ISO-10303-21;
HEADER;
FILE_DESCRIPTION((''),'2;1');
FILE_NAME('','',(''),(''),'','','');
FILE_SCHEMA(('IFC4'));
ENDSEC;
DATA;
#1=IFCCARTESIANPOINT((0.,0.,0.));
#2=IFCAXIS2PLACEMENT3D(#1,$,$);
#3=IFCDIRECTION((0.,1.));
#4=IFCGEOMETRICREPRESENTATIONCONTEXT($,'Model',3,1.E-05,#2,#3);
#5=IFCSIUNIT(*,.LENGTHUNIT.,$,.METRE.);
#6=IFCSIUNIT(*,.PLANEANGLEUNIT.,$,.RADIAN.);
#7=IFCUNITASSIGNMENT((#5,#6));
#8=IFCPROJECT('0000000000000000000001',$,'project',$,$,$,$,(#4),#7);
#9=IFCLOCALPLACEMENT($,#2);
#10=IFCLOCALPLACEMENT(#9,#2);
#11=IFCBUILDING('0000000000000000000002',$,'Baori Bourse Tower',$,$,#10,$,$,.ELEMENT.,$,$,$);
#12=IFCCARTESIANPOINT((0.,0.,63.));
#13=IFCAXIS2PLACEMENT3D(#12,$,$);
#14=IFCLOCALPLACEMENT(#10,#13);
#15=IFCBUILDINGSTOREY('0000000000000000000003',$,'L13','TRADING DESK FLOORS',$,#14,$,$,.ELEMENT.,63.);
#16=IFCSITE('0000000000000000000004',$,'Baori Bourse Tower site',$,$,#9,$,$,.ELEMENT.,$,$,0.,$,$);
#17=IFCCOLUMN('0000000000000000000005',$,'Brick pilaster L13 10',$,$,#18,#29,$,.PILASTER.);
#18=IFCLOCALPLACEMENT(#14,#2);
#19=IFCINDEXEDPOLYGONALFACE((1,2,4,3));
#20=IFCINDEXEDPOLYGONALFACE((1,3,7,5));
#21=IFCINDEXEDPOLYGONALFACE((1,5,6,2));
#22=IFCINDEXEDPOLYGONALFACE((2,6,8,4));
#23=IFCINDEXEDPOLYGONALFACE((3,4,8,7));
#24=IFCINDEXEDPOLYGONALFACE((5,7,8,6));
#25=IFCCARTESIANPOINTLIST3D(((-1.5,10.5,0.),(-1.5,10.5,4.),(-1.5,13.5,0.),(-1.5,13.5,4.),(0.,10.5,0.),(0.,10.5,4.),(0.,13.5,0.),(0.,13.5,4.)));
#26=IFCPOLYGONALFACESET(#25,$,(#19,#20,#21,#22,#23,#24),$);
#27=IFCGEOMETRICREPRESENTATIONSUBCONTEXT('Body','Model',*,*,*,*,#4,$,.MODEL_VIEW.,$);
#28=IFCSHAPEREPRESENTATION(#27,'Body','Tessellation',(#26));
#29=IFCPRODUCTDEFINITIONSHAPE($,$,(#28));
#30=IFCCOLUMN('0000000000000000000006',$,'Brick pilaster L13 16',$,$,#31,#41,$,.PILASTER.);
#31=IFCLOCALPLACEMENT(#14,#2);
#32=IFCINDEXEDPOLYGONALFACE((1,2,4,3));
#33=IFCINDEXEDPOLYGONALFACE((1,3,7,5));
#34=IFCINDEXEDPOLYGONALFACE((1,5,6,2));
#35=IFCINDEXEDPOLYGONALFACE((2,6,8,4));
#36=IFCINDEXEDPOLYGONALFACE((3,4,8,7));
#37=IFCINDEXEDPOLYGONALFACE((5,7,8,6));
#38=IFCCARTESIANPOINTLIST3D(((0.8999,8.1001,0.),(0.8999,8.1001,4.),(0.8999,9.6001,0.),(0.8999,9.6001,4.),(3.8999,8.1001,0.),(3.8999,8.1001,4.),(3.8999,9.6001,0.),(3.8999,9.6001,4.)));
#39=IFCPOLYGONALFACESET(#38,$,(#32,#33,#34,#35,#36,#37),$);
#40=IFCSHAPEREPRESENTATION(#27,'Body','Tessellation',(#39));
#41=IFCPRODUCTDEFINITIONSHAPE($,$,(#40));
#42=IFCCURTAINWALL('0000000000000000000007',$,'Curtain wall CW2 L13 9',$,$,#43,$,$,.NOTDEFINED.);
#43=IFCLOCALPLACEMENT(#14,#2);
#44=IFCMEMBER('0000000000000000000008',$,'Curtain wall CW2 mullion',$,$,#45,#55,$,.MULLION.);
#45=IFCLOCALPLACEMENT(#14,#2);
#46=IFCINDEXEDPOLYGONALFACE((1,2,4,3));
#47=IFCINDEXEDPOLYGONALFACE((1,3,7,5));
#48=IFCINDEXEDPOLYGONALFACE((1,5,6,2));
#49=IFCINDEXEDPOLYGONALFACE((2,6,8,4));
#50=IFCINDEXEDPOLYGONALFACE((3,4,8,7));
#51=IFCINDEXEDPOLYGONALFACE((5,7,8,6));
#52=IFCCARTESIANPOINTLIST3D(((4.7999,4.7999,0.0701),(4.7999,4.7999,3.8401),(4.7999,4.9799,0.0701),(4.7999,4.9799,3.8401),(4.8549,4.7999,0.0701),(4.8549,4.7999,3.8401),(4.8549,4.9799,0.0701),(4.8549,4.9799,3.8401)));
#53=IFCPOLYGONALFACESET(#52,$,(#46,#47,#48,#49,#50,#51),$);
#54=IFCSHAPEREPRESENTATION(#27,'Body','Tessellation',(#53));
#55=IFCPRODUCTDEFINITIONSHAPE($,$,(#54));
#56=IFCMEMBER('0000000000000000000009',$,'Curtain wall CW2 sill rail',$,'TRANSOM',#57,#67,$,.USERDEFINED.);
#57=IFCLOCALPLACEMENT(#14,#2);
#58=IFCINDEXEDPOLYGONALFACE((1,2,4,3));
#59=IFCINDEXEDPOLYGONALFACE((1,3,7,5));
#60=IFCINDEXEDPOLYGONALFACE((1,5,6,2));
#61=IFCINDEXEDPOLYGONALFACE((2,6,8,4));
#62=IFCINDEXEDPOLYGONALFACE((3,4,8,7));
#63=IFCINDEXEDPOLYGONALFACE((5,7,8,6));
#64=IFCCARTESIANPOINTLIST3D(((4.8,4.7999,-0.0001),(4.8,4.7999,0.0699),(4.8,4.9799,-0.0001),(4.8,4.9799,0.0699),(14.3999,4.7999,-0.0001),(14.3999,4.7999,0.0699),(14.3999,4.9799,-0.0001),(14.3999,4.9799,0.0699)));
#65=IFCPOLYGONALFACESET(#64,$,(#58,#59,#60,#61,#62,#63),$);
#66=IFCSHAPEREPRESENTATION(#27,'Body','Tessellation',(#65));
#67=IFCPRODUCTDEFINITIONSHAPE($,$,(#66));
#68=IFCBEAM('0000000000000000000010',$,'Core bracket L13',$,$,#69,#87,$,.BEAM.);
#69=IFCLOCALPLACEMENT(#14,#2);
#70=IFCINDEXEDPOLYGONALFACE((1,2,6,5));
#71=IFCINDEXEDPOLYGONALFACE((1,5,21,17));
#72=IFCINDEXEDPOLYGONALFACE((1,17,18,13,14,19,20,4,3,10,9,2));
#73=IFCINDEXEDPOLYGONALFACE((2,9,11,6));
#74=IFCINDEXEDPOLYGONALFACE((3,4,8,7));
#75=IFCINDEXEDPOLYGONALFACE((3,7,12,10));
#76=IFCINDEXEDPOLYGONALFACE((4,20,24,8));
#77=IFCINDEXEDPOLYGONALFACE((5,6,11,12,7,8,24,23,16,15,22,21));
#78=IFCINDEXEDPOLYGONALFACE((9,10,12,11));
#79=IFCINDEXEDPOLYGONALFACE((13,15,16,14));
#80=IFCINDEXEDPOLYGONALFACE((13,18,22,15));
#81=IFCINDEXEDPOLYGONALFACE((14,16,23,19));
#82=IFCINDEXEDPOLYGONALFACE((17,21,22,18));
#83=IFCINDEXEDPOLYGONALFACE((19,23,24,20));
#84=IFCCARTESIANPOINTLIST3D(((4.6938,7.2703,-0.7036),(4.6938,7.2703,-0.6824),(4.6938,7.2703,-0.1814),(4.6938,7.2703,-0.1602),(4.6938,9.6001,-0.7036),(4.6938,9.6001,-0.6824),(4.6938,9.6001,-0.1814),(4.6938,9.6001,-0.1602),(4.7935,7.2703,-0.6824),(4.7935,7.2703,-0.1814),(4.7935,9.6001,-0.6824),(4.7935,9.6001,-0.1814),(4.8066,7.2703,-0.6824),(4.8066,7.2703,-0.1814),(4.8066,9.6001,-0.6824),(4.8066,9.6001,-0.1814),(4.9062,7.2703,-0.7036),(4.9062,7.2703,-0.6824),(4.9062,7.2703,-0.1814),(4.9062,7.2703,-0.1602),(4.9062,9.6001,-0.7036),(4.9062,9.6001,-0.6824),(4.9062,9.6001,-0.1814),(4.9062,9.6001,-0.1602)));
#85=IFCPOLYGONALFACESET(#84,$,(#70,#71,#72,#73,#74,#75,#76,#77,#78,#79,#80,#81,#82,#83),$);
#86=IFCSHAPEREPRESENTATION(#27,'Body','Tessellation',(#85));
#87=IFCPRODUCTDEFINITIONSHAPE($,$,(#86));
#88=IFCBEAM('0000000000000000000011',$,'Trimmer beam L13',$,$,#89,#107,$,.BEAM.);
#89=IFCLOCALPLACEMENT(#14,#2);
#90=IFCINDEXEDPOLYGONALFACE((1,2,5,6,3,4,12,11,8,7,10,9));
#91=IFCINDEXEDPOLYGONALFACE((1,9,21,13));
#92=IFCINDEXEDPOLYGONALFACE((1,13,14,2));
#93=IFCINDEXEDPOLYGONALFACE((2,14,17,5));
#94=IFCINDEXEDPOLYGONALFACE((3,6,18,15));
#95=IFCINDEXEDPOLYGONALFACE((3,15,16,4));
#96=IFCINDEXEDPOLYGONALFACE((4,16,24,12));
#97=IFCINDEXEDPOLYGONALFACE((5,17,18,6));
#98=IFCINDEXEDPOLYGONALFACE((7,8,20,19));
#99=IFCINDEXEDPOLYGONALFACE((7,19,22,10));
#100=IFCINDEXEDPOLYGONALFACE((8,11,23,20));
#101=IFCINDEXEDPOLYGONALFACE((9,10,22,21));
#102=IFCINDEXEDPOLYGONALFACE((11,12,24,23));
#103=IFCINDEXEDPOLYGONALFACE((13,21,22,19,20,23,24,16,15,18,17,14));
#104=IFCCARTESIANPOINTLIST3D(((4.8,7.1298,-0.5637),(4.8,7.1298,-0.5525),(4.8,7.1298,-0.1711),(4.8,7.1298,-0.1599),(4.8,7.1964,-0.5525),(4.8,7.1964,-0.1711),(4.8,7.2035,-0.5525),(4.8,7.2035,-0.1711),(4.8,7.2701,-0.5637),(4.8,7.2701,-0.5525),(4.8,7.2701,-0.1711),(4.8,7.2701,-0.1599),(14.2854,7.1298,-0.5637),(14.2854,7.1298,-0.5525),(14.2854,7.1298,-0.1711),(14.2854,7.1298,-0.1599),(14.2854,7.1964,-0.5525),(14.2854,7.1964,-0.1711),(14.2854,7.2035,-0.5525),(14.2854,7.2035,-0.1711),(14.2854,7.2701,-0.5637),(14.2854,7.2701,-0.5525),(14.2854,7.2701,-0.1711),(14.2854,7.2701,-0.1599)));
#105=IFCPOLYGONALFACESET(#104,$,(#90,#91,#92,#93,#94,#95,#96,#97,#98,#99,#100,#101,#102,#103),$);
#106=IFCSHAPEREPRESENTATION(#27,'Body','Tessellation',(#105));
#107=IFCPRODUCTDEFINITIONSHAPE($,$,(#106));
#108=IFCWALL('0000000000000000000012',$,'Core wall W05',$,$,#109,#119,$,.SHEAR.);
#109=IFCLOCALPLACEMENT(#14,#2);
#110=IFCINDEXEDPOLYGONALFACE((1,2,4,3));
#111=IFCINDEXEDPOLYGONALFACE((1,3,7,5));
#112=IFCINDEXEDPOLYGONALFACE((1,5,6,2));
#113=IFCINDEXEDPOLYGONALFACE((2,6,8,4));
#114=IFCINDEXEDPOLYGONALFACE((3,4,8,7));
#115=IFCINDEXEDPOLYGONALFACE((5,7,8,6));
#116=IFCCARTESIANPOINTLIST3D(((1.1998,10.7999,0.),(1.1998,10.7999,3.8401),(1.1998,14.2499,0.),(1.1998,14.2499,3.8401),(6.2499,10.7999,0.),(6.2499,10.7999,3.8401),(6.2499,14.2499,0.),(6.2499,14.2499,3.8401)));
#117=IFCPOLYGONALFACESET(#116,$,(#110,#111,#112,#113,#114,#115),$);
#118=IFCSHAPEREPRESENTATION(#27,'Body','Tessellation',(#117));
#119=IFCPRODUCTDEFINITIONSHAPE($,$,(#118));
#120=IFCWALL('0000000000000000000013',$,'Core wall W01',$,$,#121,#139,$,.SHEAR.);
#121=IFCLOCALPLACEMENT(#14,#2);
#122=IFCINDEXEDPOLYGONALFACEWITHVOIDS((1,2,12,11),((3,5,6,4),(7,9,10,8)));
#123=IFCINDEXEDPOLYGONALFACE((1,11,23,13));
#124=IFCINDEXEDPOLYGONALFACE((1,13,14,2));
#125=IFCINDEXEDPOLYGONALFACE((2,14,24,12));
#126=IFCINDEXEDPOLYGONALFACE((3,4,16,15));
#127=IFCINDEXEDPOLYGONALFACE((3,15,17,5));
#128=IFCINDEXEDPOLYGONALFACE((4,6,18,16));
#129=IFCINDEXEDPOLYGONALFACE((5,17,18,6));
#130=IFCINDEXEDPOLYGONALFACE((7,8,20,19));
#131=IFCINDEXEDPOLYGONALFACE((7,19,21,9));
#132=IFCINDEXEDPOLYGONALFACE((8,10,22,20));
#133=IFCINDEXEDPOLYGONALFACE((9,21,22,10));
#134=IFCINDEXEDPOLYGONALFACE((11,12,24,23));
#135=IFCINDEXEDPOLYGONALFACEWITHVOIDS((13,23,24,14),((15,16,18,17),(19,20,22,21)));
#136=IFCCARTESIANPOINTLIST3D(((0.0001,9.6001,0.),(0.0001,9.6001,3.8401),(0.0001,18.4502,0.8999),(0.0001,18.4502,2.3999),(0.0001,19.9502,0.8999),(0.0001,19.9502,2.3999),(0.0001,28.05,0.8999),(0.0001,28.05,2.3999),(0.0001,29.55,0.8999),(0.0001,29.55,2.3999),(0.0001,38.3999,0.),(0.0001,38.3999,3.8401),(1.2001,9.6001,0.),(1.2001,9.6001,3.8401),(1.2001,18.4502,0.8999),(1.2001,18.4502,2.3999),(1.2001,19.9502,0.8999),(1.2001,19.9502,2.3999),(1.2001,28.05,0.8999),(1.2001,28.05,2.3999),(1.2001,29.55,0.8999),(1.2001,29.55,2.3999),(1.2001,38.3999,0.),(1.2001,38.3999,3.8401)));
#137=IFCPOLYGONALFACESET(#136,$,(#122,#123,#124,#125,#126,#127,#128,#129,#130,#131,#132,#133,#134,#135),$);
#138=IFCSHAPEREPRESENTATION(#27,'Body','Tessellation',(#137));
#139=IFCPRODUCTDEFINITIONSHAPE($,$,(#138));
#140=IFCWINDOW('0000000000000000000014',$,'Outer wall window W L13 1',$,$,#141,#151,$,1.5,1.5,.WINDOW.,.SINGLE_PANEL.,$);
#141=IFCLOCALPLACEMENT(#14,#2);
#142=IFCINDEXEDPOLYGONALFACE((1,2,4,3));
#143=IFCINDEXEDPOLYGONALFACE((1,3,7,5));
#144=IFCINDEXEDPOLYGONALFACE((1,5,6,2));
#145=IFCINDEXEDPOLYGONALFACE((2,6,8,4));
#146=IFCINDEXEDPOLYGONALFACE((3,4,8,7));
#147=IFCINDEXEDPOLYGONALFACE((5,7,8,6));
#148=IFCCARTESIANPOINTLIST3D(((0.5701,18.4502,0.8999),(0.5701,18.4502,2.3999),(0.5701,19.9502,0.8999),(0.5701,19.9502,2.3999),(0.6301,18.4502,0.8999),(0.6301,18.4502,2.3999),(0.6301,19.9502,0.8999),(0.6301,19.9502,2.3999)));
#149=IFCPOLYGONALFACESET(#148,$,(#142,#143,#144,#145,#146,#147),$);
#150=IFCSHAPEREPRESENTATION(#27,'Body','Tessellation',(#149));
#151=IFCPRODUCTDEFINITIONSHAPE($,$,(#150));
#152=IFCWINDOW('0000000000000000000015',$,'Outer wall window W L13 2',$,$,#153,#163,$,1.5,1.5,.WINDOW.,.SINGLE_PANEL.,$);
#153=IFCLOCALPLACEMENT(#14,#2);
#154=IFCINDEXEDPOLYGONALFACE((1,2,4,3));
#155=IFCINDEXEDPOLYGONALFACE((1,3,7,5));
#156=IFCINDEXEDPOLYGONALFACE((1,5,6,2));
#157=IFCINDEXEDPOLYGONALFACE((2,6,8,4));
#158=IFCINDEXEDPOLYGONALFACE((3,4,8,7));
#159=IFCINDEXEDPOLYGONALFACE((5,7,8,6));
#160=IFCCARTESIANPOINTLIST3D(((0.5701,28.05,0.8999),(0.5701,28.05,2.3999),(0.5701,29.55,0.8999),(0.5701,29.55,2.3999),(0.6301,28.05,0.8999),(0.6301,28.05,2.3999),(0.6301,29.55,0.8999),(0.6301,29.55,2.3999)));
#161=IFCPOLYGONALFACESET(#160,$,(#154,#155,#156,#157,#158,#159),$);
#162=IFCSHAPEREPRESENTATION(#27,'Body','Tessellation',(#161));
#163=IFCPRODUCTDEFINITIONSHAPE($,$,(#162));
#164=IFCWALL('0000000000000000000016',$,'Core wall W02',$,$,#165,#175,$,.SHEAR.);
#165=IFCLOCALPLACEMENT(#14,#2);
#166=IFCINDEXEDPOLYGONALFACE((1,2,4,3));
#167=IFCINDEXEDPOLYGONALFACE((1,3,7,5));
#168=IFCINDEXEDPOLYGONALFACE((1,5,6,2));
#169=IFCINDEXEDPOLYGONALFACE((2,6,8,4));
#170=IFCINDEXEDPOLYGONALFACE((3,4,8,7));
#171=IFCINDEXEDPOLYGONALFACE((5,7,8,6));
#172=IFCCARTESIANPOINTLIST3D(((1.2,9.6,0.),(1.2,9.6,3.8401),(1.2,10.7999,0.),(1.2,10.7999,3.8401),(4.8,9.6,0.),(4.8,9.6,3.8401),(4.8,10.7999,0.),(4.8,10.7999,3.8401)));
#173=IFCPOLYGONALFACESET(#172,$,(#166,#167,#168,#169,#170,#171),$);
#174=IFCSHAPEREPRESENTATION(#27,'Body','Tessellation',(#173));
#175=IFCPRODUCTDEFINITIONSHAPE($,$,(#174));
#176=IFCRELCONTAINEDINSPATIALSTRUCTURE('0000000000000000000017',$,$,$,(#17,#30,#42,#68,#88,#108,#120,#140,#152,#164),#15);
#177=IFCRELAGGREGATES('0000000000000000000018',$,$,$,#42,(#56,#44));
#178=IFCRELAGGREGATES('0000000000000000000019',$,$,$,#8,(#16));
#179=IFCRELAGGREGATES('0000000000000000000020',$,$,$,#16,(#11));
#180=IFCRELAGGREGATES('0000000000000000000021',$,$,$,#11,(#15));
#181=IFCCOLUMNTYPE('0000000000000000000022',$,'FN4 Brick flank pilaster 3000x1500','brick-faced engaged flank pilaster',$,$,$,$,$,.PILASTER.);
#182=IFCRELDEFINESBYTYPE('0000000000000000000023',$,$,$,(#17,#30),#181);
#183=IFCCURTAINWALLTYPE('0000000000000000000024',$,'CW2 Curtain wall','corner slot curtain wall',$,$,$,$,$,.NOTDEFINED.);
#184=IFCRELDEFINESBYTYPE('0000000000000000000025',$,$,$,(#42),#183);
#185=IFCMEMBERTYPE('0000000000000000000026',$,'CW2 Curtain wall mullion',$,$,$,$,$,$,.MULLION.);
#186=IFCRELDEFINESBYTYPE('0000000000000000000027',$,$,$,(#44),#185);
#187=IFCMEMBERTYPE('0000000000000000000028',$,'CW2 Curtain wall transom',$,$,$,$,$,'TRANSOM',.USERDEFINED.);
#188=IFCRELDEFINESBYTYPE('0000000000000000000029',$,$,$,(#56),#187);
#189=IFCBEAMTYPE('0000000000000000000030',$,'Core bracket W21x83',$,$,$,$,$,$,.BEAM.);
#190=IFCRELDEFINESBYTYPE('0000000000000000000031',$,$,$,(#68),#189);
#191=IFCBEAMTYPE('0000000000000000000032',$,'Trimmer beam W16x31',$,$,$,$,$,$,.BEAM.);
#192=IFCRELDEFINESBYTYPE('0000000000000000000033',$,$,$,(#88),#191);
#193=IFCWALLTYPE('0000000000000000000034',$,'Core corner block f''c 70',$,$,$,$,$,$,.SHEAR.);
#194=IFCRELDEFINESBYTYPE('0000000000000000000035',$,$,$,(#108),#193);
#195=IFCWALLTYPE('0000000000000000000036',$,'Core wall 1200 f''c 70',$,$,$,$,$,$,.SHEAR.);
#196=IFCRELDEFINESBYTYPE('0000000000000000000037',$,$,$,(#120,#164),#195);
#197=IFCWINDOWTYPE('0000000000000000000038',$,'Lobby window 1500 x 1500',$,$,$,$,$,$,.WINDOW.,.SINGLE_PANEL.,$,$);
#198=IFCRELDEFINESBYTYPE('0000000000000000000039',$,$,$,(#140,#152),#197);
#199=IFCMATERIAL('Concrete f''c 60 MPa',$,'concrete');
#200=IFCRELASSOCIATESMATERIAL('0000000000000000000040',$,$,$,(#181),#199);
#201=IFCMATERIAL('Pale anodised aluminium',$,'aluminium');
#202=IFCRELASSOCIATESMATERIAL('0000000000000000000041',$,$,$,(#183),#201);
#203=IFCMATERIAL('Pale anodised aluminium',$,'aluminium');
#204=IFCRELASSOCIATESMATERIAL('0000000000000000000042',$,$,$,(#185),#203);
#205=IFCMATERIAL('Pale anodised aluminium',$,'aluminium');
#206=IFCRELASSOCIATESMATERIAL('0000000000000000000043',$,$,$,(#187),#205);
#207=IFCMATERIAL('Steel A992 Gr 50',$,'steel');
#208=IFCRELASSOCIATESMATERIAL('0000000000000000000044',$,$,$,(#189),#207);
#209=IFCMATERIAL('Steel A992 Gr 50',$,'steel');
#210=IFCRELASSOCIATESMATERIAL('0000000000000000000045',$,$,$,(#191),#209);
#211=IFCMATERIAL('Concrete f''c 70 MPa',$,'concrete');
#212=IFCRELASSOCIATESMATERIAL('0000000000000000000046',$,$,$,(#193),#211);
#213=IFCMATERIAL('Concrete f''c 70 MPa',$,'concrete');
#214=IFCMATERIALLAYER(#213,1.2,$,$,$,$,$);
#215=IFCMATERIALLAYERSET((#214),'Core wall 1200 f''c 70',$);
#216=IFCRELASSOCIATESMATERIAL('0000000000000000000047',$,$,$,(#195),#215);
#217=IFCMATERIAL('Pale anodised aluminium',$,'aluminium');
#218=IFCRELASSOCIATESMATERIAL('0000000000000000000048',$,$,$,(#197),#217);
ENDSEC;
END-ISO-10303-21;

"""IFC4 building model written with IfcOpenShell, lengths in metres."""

from ifc_helpers import new_model, si_unit, direction, frame, frame_2d, origin, origin_2d, place, context, subcontext, project, spatial, rectangle, i_section, extrude, material, layer, layer_set, material_profile, profile_set, type_object, element, fill, aggregate, save


model = new_model("IFC4")

# Units and contexts
model_context = context("Model", 3, precision=1e-05, world=origin(), true_north=direction((0.0, 1.0)))
body_context = subcontext(model_context, "Body", "Model", "MODEL_VIEW")
ifc_project = project(units=[si_unit("LENGTHUNIT", "METRE"), si_unit("PLANEANGLEUNIT", "RADIAN")], contexts=[model_context])

# Site, building, storey
site_placement = place(None, origin())
site = spatial("IfcSite", under=ifc_project, at=site_placement, Name="Baori Bourse Tower site", CompositionType="ELEMENT", RefElevation=0.0)
building_placement = place(site_placement, origin())
building = spatial("IfcBuilding", under=site, at=building_placement, Name="Baori Bourse Tower", CompositionType="ELEMENT")
storey_placement = place(building_placement, frame((0.0, 0.0, 63.0)))
storey = spatial("IfcBuildingStorey", under=building, at=storey_placement, Name="L13", Description="TRADING DESK FLOORS", CompositionType="ELEMENT", Elevation=63.0)

# Columns
ifc_material_1 = material(Name="Concrete f'c 60 MPa", Category="concrete")
ifc_material_profile_1 = material_profile(ifc_material_1, rectangle(XDim=3.0, YDim=1.5, at=origin_2d()), Name="RC 3000x1500")
ifc_profile_set_1 = profile_set([ifc_material_profile_1], Name="Concrete f'c 60 MPa")
column_type = type_object("IfcColumnType", Name="FN4 Brick flank pilaster 3000x1500", Description="brick-faced engaged flank pilaster", PredefinedType="PILASTER", material=ifc_profile_set_1)
for number, where, z_axis, x_axis, name in (
    (1, (-0.75, 12.0, 0.0), (0.0, 0.0, 1.0), (0.0, 1.0, 0.0), "Brick pilaster L13 10"),
    (2, (2.3999, 8.8501, 0.0), (0.0, 0.0, 1.0), (1.0, 0.0, 0.0), "Brick pilaster L13 16"),
):
    element("IfcColumn", number, at=place(storey_placement, frame(where, z_axis=z_axis, x_axis=x_axis)), inside=storey, type_object=column_type, Name=name, PredefinedType="PILASTER", context=body_context, shape_type="SweptSolid", body=[
        extrude(rectangle(XDim=3.0, YDim=1.5, at=origin_2d()), origin(), (0.0, 0.0, 1.0), 4.0),
    ])

# Curtain wall, members
ifc_material_2 = material(Name="Pale anodised aluminium", Category="aluminium")
curtain_wall_type = type_object("IfcCurtainWallType", Name="CW2 Curtain wall", Description="corner slot curtain wall", PredefinedType="NOTDEFINED", material=ifc_material_2)
curtain_wall_placement = place(storey_placement, origin())
curtain_wall = element("IfcCurtainWall", 3, at=curtain_wall_placement, inside=storey, type_object=curtain_wall_type, Name="Curtain wall CW2 L13 9", PredefinedType="NOTDEFINED")
ifc_material_3 = material(Name="Pale anodised aluminium", Category="aluminium")
ifc_material_profile_2 = material_profile(ifc_material_3, rectangle(XDim=0.1799, YDim=0.0549, at=origin_2d()), Name="Mullion 55x180")
ifc_profile_set_2 = profile_set([ifc_material_profile_2], Name="Pale anodised aluminium")
member_type_1 = type_object("IfcMemberType", Name="CW2 Curtain wall mullion", PredefinedType="MULLION", material=ifc_profile_set_2)
member_1_placement = place(storey_placement, frame((4.8274, 4.8899, 0.0701), z_axis=(0.0, 0.0, 1.0), x_axis=(0.0, 1.0, 0.0)))
member_1 = element("IfcMember", 4, at=member_1_placement, type_object=member_type_1, Name="Curtain wall CW2 mullion", PredefinedType="MULLION", context=body_context, shape_type="SweptSolid", body=[
    extrude(rectangle(XDim=0.1799, YDim=0.0549, at=origin_2d()), origin(), (0.0, 0.0, 1.0), 3.77),
])
ifc_material_4 = material(Name="Pale anodised aluminium", Category="aluminium")
ifc_material_profile_3 = material_profile(ifc_material_4, rectangle(XDim=0.1799, YDim=0.0701, at=origin_2d()), Name="Transom 70x180")
ifc_profile_set_3 = profile_set([ifc_material_profile_3], Name="Pale anodised aluminium")
member_type_2 = type_object("IfcMemberType", Name="CW2 Curtain wall transom", ElementType="TRANSOM", PredefinedType="USERDEFINED", material=ifc_profile_set_3)
member_2_placement = place(storey_placement, frame((4.8, 4.8899, 0.0349), z_axis=(1.0, 0.0, 0.0), x_axis=(0.0, 1.0, 0.0)))
member_2 = element("IfcMember", 5, at=member_2_placement, type_object=member_type_2, Name="Curtain wall CW2 sill rail", ObjectType="TRANSOM", PredefinedType="USERDEFINED", context=body_context, shape_type="SweptSolid", body=[
    extrude(rectangle(XDim=0.1799, YDim=0.0701, at=origin_2d()), origin(), (0.0, 0.0, 1.0), 9.5999),
])
aggregate(curtain_wall, [member_2, member_1])

# Beams
ifc_material_5 = material(Name="Steel A992 Gr 50", Category="steel")
ifc_material_profile_4 = material_profile(ifc_material_5, i_section(OverallWidth=0.2124, OverallDepth=0.5435, WebThickness=0.0132, FlangeThickness=0.0212, at=origin_2d()), Name="W21x83")
ifc_profile_set_4 = profile_set([ifc_material_profile_4], Name="Steel A992 Gr 50")
beam_type_1 = type_object("IfcBeamType", Name="Core bracket W21x83", PredefinedType="BEAM", material=ifc_profile_set_4)
beam_1_placement = place(storey_placement, frame((4.8, 7.2703, -0.4319), z_axis=(0.0, 1.0, 0.0), x_axis=(-1.0, 0.0, 0.0)))
element("IfcBeam", 6, at=beam_1_placement, inside=storey, type_object=beam_type_1, Name="Core bracket L13", PredefinedType="BEAM", context=body_context, shape_type="SweptSolid", body=[
    extrude(i_section(OverallWidth=0.2124, OverallDepth=0.5435, WebThickness=0.0132, FlangeThickness=0.0212, at=origin_2d()), origin(), (0.0, 0.0, 1.0), 2.3298),
])
ifc_material_6 = material(Name="Steel A992 Gr 50", Category="steel")
ifc_material_profile_5 = material_profile(ifc_material_6, i_section(OverallWidth=0.1404, OverallDepth=0.4038, WebThickness=0.0071, FlangeThickness=0.0112, at=origin_2d()), Name="W16x31")
ifc_profile_set_5 = profile_set([ifc_material_profile_5], Name="Steel A992 Gr 50")
beam_type_2 = type_object("IfcBeamType", Name="Trimmer beam W16x31", PredefinedType="BEAM", material=ifc_profile_set_5)
beam_2_placement = place(storey_placement, frame((4.8, 7.2, -0.3618), z_axis=(1.0, 0.0, 0.0), x_axis=(0.0, 1.0, 0.0)))
element("IfcBeam", 7, at=beam_2_placement, inside=storey, type_object=beam_type_2, Name="Trimmer beam L13", PredefinedType="BEAM", context=body_context, shape_type="SweptSolid", body=[
    extrude(i_section(OverallWidth=0.1404, OverallDepth=0.4038, WebThickness=0.0071, FlangeThickness=0.0112, at=origin_2d()), origin(), (0.0, 0.0, 1.0), 9.4854),
])

# Wall
ifc_material_7 = material(Name="Concrete f'c 70 MPa", Category="concrete")
wall_type_1 = type_object("IfcWallType", Name="Core corner block f'c 70", PredefinedType="SHEAR", material=ifc_material_7)
wall_1_placement = place(storey_placement, frame((1.2, 12.5249, 0.0), z_axis=(0.0, 0.0, 1.0), x_axis=(1.0, 0.0, 0.0)))
element("IfcWall", 8, at=wall_1_placement, inside=storey, type_object=wall_type_1, Name="Core wall W05", PredefinedType="SHEAR", context=body_context, shape_type="SweptSolid", body=[
    extrude(rectangle(XDim=5.05, YDim=3.45, at=frame_2d((2.5249, 0.0))), origin(), (0.0, 0.0, 1.0), 3.8401),
])

# Wall, openings, windows
ifc_material_8 = material(Name="Concrete f'c 70 MPa", Category="concrete")
ifc_layer_1 = layer(ifc_material_8, 1.2)
ifc_layer_set_1 = layer_set([ifc_layer_1], Name="Core wall 1200 f'c 70")
wall_type_2 = type_object("IfcWallType", Name="Core wall 1200 f'c 70", PredefinedType="SHEAR", material=ifc_layer_set_1)
wall_2_placement = place(storey_placement, frame((0.6001, 9.6001, 0.0), z_axis=(0.0, 0.0, 1.0), x_axis=(0.0, 1.0, 0.0)))
wall_2 = element("IfcWall", 9, at=wall_2_placement, inside=storey, type_object=wall_type_2, Name="Core wall W01", PredefinedType="SHEAR", context=body_context, shape_type="SweptSolid", body=[
    extrude(rectangle(XDim=28.7998, YDim=1.2, at=frame_2d((14.3999, 0.0))), origin(), (0.0, 0.0, 1.0), 3.8401),
])
opening_1_placement = place(wall_2_placement, frame((8.8501, 0.0, 0.8999)))
opening_1 = element("IfcOpeningElement", 10, at=opening_1_placement, cuts=wall_2, PredefinedType="OPENING", context=body_context, shape_type="SweptSolid", body=[
    extrude(rectangle(XDim=1.5, YDim=1.5, at=frame_2d((0.75, 0.75))), frame((0.0, 0.6099, 0.0), z_axis=(0.0, -1.0, 0.0), x_axis=(1.0, 0.0, 0.0)), (0.0, 0.0, 1.0), 1.22),
])
opening_2_placement = place(wall_2_placement, frame((18.45, 0.0, 0.8999)))
opening_2 = element("IfcOpeningElement", 11, at=opening_2_placement, cuts=wall_2, PredefinedType="OPENING", context=body_context, shape_type="SweptSolid", body=[
    extrude(rectangle(XDim=1.5, YDim=1.5, at=frame_2d((0.75, 0.75))), frame((0.0, 0.6099, 0.0), z_axis=(0.0, -1.0, 0.0), x_axis=(1.0, 0.0, 0.0)), (0.0, 0.0, 1.0), 1.22),
])
ifc_material_9 = material(Name="Pale anodised aluminium", Category="aluminium")
window_type = type_object("IfcWindowType", Name="Lobby window 1500 x 1500", PartitioningType="SINGLE_PANEL", PredefinedType="WINDOW", material=ifc_material_9)
window_1_placement = place(opening_1_placement, origin())
window_1 = element("IfcWindow", 12, at=window_1_placement, inside=storey, type_object=window_type, Name="Outer wall window W L13 1", OverallHeight=1.5, OverallWidth=1.5, PartitioningType="SINGLE_PANEL", PredefinedType="WINDOW", context=body_context, shape_type="SweptSolid", body=[
    extrude(rectangle(XDim=1.5, YDim=1.5, at=frame_2d((0.75, 0.75))), frame((0.0, 0.03, 0.0), z_axis=(0.0, -1.0, 0.0), x_axis=(1.0, 0.0, 0.0)), (0.0, 0.0, 1.0), 0.0601),
])
fill(opening_1, window_1)
window_2_placement = place(opening_2_placement, origin())
window_2 = element("IfcWindow", 13, at=window_2_placement, inside=storey, type_object=window_type, Name="Outer wall window W L13 2", OverallHeight=1.5, OverallWidth=1.5, PartitioningType="SINGLE_PANEL", PredefinedType="WINDOW", context=body_context, shape_type="SweptSolid", body=[
    extrude(rectangle(XDim=1.5, YDim=1.5, at=frame_2d((0.75, 0.75))), frame((0.0, 0.03, 0.0), z_axis=(0.0, -1.0, 0.0), x_axis=(1.0, 0.0, 0.0)), (0.0, 0.0, 1.0), 0.0601),
])
fill(opening_2, window_2)

# Wall
wall_3_placement = place(storey_placement, frame((4.8, 10.2, 0.0), z_axis=(0.0, 0.0, 1.0), x_axis=(-1.0, 0.0, 0.0)))
element("IfcWall", 14, at=wall_3_placement, inside=storey, type_object=wall_type_2, Name="Core wall W02", PredefinedType="SHEAR", context=body_context, shape_type="SweptSolid", body=[
    extrude(rectangle(XDim=3.6001, YDim=1.2, at=frame_2d((1.8, 0.0))), origin(), (0.0, 0.0, 1.0), 3.8401),
])

save(model, "model.ifc")
